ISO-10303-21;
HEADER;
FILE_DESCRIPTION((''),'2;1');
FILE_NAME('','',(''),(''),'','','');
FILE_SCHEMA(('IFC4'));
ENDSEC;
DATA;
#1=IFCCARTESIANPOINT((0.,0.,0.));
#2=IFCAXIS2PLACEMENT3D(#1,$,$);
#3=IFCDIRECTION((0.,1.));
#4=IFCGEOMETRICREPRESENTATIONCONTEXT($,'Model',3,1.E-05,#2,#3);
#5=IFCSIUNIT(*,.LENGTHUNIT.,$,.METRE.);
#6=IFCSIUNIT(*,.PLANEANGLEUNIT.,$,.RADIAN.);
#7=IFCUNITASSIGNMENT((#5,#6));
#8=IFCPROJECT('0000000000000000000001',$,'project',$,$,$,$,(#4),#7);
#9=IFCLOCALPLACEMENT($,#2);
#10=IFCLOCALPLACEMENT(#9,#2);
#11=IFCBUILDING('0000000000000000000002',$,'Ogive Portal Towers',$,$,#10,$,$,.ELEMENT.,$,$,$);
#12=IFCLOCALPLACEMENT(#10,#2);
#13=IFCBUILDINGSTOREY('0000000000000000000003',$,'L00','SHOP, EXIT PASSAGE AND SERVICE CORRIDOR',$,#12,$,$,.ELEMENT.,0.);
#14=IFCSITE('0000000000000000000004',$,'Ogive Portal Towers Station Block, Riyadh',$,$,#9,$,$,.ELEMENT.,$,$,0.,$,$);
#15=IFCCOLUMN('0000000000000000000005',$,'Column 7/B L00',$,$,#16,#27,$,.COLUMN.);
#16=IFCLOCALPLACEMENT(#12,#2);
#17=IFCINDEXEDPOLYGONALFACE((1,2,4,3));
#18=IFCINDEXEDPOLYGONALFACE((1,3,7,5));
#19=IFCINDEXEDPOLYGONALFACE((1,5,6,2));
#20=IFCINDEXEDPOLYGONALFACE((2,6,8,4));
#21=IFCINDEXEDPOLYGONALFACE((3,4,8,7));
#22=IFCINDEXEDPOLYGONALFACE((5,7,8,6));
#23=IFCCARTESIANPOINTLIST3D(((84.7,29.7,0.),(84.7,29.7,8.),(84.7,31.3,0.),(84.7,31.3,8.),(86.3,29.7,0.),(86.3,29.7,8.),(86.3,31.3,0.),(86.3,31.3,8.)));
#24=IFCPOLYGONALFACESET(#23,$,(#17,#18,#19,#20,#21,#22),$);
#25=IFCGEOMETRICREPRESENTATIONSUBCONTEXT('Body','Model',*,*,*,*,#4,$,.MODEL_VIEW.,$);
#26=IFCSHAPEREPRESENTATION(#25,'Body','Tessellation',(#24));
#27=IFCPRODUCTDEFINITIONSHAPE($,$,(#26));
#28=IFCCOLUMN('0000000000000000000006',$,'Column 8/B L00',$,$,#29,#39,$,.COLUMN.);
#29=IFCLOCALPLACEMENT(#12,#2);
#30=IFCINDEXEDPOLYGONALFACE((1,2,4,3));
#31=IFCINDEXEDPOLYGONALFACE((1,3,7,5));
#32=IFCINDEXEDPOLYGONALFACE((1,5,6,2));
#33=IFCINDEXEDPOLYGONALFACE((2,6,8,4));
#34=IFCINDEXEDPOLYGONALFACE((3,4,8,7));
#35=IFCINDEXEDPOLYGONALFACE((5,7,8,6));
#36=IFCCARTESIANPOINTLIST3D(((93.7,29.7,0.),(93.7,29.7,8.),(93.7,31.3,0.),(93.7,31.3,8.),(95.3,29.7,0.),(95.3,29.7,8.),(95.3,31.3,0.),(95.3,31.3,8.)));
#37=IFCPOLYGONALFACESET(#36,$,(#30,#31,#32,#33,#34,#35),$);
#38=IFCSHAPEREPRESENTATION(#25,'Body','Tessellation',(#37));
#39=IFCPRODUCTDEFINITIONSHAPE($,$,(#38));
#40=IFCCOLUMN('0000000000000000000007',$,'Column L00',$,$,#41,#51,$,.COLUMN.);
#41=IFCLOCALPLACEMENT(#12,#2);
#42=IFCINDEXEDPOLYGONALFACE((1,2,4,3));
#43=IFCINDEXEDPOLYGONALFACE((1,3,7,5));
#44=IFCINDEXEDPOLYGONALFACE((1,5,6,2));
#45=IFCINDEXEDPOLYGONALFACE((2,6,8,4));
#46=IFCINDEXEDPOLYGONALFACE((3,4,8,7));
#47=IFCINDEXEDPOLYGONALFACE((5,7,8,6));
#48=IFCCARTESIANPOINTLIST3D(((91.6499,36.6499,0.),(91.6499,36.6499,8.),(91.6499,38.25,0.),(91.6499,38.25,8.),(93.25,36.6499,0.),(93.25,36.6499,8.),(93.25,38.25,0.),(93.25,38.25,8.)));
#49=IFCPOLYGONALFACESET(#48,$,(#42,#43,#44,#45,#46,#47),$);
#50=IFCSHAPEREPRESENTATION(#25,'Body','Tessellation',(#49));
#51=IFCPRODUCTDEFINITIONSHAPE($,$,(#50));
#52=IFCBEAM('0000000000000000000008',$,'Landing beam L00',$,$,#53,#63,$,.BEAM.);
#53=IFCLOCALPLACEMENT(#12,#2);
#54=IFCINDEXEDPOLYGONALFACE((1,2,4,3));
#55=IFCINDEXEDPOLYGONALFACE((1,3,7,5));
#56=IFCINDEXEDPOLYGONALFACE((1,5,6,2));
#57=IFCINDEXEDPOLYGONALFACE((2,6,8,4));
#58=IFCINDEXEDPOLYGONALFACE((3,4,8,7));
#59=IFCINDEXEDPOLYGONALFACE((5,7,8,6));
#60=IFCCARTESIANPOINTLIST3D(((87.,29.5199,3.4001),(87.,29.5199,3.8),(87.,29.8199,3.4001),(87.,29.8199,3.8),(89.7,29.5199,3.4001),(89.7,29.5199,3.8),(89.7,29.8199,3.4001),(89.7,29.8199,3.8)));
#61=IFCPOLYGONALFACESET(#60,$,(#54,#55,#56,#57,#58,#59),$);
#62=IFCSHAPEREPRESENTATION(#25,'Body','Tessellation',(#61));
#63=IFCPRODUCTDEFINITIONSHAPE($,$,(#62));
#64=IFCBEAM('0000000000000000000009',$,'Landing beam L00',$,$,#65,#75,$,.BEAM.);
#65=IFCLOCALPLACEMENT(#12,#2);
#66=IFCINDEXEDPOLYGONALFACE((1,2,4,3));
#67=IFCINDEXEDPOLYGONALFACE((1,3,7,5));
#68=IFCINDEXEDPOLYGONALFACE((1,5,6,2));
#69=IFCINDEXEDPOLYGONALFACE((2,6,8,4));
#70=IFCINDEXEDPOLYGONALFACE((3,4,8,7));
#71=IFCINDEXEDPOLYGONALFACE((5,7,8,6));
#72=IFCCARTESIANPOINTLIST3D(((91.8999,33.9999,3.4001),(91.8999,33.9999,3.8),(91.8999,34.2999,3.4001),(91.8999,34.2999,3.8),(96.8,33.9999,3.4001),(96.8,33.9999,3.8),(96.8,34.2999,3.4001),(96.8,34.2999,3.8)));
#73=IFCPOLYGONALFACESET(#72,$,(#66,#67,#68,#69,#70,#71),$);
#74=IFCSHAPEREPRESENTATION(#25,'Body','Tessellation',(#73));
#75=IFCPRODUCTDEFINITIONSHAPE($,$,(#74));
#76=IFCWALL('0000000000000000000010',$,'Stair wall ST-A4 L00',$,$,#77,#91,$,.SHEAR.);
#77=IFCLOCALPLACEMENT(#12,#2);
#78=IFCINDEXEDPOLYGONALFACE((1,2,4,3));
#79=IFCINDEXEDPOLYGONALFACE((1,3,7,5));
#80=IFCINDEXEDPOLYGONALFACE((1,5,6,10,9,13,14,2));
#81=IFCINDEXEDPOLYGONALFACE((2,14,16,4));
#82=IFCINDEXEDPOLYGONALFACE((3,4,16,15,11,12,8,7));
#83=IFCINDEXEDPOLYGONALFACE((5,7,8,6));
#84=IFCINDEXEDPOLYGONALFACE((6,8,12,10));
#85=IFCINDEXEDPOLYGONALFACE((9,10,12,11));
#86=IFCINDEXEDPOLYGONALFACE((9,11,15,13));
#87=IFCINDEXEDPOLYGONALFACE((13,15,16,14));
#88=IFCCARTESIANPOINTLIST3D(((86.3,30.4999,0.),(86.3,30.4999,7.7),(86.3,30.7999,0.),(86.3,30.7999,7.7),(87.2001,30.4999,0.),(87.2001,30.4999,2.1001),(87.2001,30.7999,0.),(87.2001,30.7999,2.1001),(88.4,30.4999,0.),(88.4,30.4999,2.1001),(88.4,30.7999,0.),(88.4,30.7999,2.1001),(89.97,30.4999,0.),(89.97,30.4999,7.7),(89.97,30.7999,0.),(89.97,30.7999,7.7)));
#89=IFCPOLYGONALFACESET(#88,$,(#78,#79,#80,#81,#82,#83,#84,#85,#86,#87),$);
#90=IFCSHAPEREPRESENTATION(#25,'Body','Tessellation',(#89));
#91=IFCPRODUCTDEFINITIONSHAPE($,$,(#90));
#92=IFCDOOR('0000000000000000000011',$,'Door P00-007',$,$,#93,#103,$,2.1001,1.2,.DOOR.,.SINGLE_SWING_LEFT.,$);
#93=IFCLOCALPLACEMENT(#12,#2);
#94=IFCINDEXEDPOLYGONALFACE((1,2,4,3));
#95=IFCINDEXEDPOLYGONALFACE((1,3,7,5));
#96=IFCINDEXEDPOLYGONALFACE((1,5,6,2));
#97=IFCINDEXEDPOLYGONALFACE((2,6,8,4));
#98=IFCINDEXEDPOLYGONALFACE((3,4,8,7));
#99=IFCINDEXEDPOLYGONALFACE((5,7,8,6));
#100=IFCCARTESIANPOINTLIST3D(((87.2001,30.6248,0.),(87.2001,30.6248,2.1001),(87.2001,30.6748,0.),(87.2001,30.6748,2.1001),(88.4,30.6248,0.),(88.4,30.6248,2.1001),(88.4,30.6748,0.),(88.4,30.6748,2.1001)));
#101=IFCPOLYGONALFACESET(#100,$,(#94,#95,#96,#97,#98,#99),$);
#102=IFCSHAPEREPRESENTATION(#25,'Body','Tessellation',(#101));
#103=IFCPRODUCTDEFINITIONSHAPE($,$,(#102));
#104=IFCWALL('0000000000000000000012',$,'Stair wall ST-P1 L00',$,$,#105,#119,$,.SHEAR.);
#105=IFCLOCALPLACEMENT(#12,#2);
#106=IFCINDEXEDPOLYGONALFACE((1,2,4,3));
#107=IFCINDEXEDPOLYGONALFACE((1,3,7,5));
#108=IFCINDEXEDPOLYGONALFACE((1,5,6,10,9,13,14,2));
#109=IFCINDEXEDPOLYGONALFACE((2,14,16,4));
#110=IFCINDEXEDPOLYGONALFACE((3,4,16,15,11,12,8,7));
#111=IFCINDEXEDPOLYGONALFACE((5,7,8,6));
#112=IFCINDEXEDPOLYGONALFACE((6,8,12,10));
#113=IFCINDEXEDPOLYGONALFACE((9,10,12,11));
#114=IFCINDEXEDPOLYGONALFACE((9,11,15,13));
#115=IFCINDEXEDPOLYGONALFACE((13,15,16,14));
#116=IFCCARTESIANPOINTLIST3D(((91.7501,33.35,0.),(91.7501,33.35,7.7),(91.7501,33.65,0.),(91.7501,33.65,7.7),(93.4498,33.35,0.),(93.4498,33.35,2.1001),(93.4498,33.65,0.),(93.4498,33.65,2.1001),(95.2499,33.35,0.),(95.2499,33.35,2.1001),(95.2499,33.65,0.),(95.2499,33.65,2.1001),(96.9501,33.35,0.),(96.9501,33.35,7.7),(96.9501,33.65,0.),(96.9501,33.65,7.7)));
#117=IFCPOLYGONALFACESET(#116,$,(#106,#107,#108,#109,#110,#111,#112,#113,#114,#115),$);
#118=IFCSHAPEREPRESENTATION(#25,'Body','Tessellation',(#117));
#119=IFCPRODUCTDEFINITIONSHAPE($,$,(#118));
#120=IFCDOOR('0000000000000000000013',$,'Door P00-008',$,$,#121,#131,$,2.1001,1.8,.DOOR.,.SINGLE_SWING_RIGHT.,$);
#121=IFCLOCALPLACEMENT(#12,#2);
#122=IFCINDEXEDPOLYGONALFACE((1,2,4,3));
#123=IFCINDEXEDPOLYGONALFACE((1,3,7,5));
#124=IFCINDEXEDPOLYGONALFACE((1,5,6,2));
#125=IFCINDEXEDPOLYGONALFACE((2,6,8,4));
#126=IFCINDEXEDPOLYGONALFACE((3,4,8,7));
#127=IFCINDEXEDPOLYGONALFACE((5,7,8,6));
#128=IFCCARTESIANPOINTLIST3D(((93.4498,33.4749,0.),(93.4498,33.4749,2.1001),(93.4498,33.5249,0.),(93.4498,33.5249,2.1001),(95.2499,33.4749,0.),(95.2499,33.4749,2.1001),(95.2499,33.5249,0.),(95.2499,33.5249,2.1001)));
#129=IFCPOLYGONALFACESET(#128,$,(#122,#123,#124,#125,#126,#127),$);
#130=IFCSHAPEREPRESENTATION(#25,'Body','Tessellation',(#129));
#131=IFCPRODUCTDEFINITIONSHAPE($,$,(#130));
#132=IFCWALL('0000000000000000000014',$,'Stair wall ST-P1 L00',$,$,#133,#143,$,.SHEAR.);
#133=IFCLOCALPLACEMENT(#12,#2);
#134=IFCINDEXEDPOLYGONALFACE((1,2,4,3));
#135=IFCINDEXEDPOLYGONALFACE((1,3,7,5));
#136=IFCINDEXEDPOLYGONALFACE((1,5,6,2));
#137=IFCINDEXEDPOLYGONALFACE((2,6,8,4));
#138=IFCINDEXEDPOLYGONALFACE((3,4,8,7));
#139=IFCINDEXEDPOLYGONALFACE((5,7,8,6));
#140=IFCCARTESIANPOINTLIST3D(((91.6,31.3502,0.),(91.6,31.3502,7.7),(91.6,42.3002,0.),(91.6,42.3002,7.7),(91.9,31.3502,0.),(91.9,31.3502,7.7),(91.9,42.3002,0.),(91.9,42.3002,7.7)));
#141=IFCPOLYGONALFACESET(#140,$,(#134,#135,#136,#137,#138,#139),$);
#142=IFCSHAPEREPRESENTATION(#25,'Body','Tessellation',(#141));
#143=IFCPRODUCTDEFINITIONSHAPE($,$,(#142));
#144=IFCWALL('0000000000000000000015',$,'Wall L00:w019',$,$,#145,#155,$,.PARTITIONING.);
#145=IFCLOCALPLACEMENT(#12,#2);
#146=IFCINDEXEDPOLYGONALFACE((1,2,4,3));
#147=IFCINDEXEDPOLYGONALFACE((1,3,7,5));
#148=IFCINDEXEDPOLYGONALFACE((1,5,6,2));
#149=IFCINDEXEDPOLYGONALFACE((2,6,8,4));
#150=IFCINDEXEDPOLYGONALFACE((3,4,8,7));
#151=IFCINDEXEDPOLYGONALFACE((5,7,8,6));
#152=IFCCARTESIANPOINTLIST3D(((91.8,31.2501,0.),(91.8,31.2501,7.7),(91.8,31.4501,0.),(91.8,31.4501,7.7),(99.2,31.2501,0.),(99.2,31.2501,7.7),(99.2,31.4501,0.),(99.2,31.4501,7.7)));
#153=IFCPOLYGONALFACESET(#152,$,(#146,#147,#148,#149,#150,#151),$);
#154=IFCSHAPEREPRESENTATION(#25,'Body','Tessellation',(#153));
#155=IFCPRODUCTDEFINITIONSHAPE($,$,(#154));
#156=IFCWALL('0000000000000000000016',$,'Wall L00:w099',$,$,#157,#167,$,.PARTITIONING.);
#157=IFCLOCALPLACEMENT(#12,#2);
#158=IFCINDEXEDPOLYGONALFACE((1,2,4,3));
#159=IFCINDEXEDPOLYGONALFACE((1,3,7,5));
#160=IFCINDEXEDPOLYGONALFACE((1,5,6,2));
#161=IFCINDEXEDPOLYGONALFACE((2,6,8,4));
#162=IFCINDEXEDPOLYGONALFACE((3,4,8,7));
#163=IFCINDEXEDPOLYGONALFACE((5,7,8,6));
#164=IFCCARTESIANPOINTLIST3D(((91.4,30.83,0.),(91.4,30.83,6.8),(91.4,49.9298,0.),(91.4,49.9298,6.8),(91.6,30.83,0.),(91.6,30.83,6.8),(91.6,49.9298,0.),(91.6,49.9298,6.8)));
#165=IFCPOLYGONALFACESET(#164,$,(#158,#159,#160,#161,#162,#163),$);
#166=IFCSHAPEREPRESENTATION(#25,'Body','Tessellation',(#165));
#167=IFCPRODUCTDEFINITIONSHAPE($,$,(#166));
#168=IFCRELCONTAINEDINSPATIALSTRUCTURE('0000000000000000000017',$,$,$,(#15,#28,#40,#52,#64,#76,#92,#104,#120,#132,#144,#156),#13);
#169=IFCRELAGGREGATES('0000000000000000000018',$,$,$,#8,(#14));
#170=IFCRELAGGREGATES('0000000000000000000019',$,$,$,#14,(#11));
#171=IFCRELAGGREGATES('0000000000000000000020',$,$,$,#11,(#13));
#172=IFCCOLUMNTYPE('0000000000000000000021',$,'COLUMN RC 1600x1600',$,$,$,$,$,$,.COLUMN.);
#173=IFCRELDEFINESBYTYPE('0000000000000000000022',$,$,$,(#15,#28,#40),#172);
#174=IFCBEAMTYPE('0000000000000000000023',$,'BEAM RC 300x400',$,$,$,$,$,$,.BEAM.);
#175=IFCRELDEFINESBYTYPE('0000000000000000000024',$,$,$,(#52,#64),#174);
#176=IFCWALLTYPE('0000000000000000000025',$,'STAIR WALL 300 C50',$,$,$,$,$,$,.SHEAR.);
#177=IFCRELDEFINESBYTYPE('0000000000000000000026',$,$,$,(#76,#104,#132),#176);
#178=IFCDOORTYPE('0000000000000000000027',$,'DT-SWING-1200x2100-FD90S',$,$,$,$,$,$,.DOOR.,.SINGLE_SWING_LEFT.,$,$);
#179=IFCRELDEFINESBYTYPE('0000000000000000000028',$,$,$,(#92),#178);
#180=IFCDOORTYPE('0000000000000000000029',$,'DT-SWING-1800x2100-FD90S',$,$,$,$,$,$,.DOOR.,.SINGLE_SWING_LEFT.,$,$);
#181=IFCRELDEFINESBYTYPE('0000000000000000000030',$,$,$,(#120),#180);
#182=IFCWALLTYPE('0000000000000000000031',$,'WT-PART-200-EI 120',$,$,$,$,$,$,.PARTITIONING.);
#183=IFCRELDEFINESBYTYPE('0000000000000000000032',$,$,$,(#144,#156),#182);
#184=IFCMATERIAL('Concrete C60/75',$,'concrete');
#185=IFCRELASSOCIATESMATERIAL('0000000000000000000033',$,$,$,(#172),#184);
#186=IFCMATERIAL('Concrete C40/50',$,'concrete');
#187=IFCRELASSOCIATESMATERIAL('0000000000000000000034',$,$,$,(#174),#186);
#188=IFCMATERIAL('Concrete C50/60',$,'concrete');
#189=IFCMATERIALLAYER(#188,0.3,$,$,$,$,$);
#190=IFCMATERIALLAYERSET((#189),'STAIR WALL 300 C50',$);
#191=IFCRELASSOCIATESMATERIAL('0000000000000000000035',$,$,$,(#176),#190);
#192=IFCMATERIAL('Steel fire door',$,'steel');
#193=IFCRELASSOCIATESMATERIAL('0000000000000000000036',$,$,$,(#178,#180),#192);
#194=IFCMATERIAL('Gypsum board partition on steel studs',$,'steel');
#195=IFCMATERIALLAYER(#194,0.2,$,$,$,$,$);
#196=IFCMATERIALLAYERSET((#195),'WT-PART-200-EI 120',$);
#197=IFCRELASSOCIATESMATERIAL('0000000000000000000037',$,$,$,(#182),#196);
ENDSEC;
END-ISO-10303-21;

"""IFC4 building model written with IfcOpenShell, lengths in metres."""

from ifc_helpers import new_model, si_unit, direction, frame, frame_2d, origin, origin_2d, place, context, subcontext, project, spatial, rectangle, extrude, material, layer, layer_set, material_profile, profile_set, type_object, element, fill, save


model = new_model("IFC4")

# Units and contexts
model_context = context("Model", 3, precision=1e-05, world=origin(), true_north=direction((0.0, 1.0)))
body_context = subcontext(model_context, "Body", "Model", "MODEL_VIEW")
ifc_project = project(units=[si_unit("LENGTHUNIT", "METRE"), si_unit("PLANEANGLEUNIT", "RADIAN")], contexts=[model_context])

# Site, building, storey
site_placement = place(None, origin())
site = spatial("IfcSite", under=ifc_project, at=site_placement, Name="Ogive Portal Towers Station Block, Riyadh", CompositionType="ELEMENT", RefElevation=0.0)
building_placement = place(site_placement, origin())
building = spatial("IfcBuilding", under=site, at=building_placement, Name="Ogive Portal Towers", CompositionType="ELEMENT")
storey_placement = place(building_placement, origin())
storey = spatial("IfcBuildingStorey", under=building, at=storey_placement, Name="L00", Description="SHOP, EXIT PASSAGE AND SERVICE CORRIDOR", CompositionType="ELEMENT", Elevation=0.0)

# Columns
ifc_material_1 = material(Name="Concrete C60/75", Category="concrete")
ifc_material_profile_1 = material_profile(ifc_material_1, rectangle(XDim=1.6001, YDim=1.6001, at=origin_2d()), Name="RC 1600x1600")
ifc_profile_set_1 = profile_set([ifc_material_profile_1], Name="Concrete C60/75")
column_type = type_object("IfcColumnType", Name="COLUMN RC 1600x1600", PredefinedType="COLUMN", material=ifc_profile_set_1)
for number, where, z_axis, x_axis, name in (
    (1, (85.5, 30.5, 0.0), (0.0, 0.0, 1.0), (1.0, 0.0, 0.0), "Column 7/B L00"),
    (2, (94.5, 30.5, 0.0), (0.0, 0.0, 1.0), (1.0, 0.0, 0.0), "Column 8/B L00"),
    (3, (92.45, 37.45, 0.0), (0.0, 0.0, 1.0), (1.0, 0.0, 0.0), "Column L00"),
):
    element("IfcColumn", number, at=place(storey_placement, frame(where, z_axis=z_axis, x_axis=x_axis)), inside=storey, type_object=column_type, Name=name, PredefinedType="COLUMN", context=body_context, shape_type="SweptSolid", body=[
        extrude(rectangle(XDim=1.6001, YDim=1.6001, at=origin_2d()), origin(), (0.0, 0.0, 1.0), 8.0),
    ])

# Beams
ifc_material_2 = material(Name="Concrete C40/50", Category="concrete")
ifc_material_profile_2 = material_profile(ifc_material_2, rectangle(XDim=0.3, YDim=0.3999, at=origin_2d()), Name="RC 300x400")
ifc_profile_set_2 = profile_set([ifc_material_profile_2], Name="Concrete C40/50")
beam_type = type_object("IfcBeamType", Name="BEAM RC 300x400", PredefinedType="BEAM", material=ifc_profile_set_2)
beam_1_placement = place(storey_placement, frame((87.0, 29.6699, 3.6001), z_axis=(1.0, 0.0, 0.0), x_axis=(0.0, 1.0, 0.0)))
element("IfcBeam", 4, at=beam_1_placement, inside=storey, type_object=beam_type, Name="Landing beam L00", PredefinedType="BEAM", context=body_context, shape_type="SweptSolid", body=[
    extrude(rectangle(XDim=0.3, YDim=0.3999, at=origin_2d()), origin(), (0.0, 0.0, 1.0), 2.7),
])
beam_2_placement = place(storey_placement, frame((91.8999, 34.1499, 3.6001), z_axis=(1.0, 0.0, 0.0), x_axis=(0.0, 1.0, 0.0)))
element("IfcBeam", 5, at=beam_2_placement, inside=storey, type_object=beam_type, Name="Landing beam L00", PredefinedType="BEAM", context=body_context, shape_type="SweptSolid", body=[
    extrude(rectangle(XDim=0.3, YDim=0.3999, at=origin_2d()), origin(), (0.0, 0.0, 1.0), 4.9001),
])

# Walls, openings, doors
ifc_material_3 = material(Name="Concrete C50/60", Category="concrete")
ifc_layer_1 = layer(ifc_material_3, 0.3)
ifc_layer_set_1 = layer_set([ifc_layer_1], Name="STAIR WALL 300 C50")
wall_type_1 = type_object("IfcWallType", Name="STAIR WALL 300 C50", PredefinedType="SHEAR", material=ifc_layer_set_1)
wall_1_placement = place(storey_placement, frame((86.3, 30.6499, 0.0), z_axis=(0.0, 0.0, 1.0), x_axis=(1.0, 0.0, 0.0)))
wall_1 = element("IfcWall", 6, at=wall_1_placement, inside=storey, type_object=wall_type_1, Name="Stair wall ST-A4 L00", PredefinedType="SHEAR", context=body_context, shape_type="SweptSolid", body=[
    extrude(rectangle(XDim=3.6699, YDim=0.3, at=frame_2d((1.835, 0.0))), origin(), (0.0, 0.0, 1.0), 7.7),
])
opening_1_placement = place(wall_1_placement, frame((0.8999, 0.0, 0.0)))
opening_1 = element("IfcOpeningElement", 7, at=opening_1_placement, cuts=wall_1, PredefinedType="OPENING", context=body_context, shape_type="SweptSolid", body=[
    extrude(rectangle(XDim=1.2, YDim=2.1001, at=frame_2d((0.6001, 1.05))), frame((0.0, 0.1602, 0.0), z_axis=(0.0, -1.0, 0.0), x_axis=(1.0, 0.0, 0.0)), (0.0, 0.0, 1.0), 0.3201),
])
ifc_material_4 = material(Name="Steel fire door", Category="steel")
door_type_1 = type_object("IfcDoorType", Name="DT-SWING-1200x2100-FD90S", OperationType="SINGLE_SWING_LEFT", PredefinedType="DOOR", material=ifc_material_4)
door_1_placement = place(opening_1_placement, origin())
door_1 = element("IfcDoor", 8, at=door_1_placement, inside=storey, type_object=door_type_1, Name="Door P00-007", OperationType="SINGLE_SWING_LEFT", OverallHeight=2.1001, OverallWidth=1.2, PredefinedType="DOOR", context=body_context, shape_type="SweptSolid", body=[
    extrude(rectangle(XDim=1.2, YDim=2.1001, at=frame_2d((0.6001, 1.05))), frame((0.0, 0.0249, 0.0), z_axis=(0.0, -1.0, 0.0), x_axis=(1.0, 0.0, 0.0)), (0.0, 0.0, 1.0), 0.05),
])
fill(opening_1, door_1)
wall_2_placement = place(storey_placement, frame((91.75, 33.5, 0.0), z_axis=(0.0, 0.0, 1.0), x_axis=(1.0, 0.0, 0.0)))
wall_2 = element("IfcWall", 9, at=wall_2_placement, inside=storey, type_object=wall_type_1, Name="Stair wall ST-P1 L00", PredefinedType="SHEAR", context=body_context, shape_type="SweptSolid", body=[
    extrude(rectangle(XDim=5.2, YDim=0.3, at=frame_2d((2.6001, 0.0))), origin(), (0.0, 0.0, 1.0), 7.7),
])
opening_2_placement = place(wall_2_placement, frame((1.7, 0.0, 0.0)))
opening_2 = element("IfcOpeningElement", 10, at=opening_2_placement, cuts=wall_2, PredefinedType="OPENING", context=body_context, shape_type="SweptSolid", body=[
    extrude(rectangle(XDim=1.8, YDim=2.1001, at=frame_2d((0.8999, 1.05))), frame((0.0, 0.1602, 0.0), z_axis=(0.0, -1.0, 0.0), x_axis=(1.0, 0.0, 0.0)), (0.0, 0.0, 1.0), 0.3201),
])
door_type_2 = type_object("IfcDoorType", Name="DT-SWING-1800x2100-FD90S", OperationType="SINGLE_SWING_LEFT", PredefinedType="DOOR", material=ifc_material_4)
door_2_placement = place(opening_2_placement, origin())
door_2 = element("IfcDoor", 11, at=door_2_placement, inside=storey, type_object=door_type_2, Name="Door P00-008", OperationType="SINGLE_SWING_RIGHT", OverallHeight=2.1001, OverallWidth=1.8, PredefinedType="DOOR", context=body_context, shape_type="SweptSolid", body=[
    extrude(rectangle(XDim=1.8, YDim=2.1001, at=frame_2d((0.8999, 1.05))), frame((0.0, 0.0249, 0.0), z_axis=(0.0, -1.0, 0.0), x_axis=(1.0, 0.0, 0.0)), (0.0, 0.0, 1.0), 0.05),
])
fill(opening_2, door_2)

# Walls
wall_3_placement = place(storey_placement, frame((91.75, 31.3501, 0.0), z_axis=(0.0, 0.0, 1.0), x_axis=(0.0, 1.0, 0.0)))
element("IfcWall", 12, at=wall_3_placement, inside=storey, type_object=wall_type_1, Name="Stair wall ST-P1 L00", PredefinedType="SHEAR", context=body_context, shape_type="SweptSolid", body=[
    extrude(rectangle(XDim=10.95, YDim=0.3, at=frame_2d((5.4751, 0.0))), origin(), (0.0, 0.0, 1.0), 7.7),
])
ifc_material_5 = material(Name="Gypsum board partition on steel studs", Category="steel")
ifc_layer_2 = layer(ifc_material_5, 0.2)
ifc_layer_set_2 = layer_set([ifc_layer_2], Name="WT-PART-200-EI 120")
wall_type_2 = type_object("IfcWallType", Name="WT-PART-200-EI 120", PredefinedType="PARTITIONING", material=ifc_layer_set_2)
wall_4_placement = place(storey_placement, frame((91.8, 31.3501, 0.0), z_axis=(0.0, 0.0, 1.0), x_axis=(1.0, 0.0, 0.0)))
element("IfcWall", 13, at=wall_4_placement, inside=storey, type_object=wall_type_2, Name="Wall L00:w019", PredefinedType="PARTITIONING", context=body_context, shape_type="SweptSolid", body=[
    extrude(rectangle(XDim=7.3999, YDim=0.2, at=frame_2d((3.7, 0.0))), origin(), (0.0, 0.0, 1.0), 7.7),
])
wall_5_placement = place(storey_placement, frame((91.5, 30.8301, 0.0), z_axis=(0.0, 0.0, 1.0), x_axis=(0.0, 1.0, 0.0)))
element("IfcWall", 14, at=wall_5_placement, inside=storey, type_object=wall_type_2, Name="Wall L00:w099", PredefinedType="PARTITIONING", context=body_context, shape_type="SweptSolid", body=[
    extrude(rectangle(XDim=19.0999, YDim=0.2, at=frame_2d((9.5498, 0.0))), origin(), (0.0, 0.0, 1.0), 6.8),
])

save(model, "model.ifc")
